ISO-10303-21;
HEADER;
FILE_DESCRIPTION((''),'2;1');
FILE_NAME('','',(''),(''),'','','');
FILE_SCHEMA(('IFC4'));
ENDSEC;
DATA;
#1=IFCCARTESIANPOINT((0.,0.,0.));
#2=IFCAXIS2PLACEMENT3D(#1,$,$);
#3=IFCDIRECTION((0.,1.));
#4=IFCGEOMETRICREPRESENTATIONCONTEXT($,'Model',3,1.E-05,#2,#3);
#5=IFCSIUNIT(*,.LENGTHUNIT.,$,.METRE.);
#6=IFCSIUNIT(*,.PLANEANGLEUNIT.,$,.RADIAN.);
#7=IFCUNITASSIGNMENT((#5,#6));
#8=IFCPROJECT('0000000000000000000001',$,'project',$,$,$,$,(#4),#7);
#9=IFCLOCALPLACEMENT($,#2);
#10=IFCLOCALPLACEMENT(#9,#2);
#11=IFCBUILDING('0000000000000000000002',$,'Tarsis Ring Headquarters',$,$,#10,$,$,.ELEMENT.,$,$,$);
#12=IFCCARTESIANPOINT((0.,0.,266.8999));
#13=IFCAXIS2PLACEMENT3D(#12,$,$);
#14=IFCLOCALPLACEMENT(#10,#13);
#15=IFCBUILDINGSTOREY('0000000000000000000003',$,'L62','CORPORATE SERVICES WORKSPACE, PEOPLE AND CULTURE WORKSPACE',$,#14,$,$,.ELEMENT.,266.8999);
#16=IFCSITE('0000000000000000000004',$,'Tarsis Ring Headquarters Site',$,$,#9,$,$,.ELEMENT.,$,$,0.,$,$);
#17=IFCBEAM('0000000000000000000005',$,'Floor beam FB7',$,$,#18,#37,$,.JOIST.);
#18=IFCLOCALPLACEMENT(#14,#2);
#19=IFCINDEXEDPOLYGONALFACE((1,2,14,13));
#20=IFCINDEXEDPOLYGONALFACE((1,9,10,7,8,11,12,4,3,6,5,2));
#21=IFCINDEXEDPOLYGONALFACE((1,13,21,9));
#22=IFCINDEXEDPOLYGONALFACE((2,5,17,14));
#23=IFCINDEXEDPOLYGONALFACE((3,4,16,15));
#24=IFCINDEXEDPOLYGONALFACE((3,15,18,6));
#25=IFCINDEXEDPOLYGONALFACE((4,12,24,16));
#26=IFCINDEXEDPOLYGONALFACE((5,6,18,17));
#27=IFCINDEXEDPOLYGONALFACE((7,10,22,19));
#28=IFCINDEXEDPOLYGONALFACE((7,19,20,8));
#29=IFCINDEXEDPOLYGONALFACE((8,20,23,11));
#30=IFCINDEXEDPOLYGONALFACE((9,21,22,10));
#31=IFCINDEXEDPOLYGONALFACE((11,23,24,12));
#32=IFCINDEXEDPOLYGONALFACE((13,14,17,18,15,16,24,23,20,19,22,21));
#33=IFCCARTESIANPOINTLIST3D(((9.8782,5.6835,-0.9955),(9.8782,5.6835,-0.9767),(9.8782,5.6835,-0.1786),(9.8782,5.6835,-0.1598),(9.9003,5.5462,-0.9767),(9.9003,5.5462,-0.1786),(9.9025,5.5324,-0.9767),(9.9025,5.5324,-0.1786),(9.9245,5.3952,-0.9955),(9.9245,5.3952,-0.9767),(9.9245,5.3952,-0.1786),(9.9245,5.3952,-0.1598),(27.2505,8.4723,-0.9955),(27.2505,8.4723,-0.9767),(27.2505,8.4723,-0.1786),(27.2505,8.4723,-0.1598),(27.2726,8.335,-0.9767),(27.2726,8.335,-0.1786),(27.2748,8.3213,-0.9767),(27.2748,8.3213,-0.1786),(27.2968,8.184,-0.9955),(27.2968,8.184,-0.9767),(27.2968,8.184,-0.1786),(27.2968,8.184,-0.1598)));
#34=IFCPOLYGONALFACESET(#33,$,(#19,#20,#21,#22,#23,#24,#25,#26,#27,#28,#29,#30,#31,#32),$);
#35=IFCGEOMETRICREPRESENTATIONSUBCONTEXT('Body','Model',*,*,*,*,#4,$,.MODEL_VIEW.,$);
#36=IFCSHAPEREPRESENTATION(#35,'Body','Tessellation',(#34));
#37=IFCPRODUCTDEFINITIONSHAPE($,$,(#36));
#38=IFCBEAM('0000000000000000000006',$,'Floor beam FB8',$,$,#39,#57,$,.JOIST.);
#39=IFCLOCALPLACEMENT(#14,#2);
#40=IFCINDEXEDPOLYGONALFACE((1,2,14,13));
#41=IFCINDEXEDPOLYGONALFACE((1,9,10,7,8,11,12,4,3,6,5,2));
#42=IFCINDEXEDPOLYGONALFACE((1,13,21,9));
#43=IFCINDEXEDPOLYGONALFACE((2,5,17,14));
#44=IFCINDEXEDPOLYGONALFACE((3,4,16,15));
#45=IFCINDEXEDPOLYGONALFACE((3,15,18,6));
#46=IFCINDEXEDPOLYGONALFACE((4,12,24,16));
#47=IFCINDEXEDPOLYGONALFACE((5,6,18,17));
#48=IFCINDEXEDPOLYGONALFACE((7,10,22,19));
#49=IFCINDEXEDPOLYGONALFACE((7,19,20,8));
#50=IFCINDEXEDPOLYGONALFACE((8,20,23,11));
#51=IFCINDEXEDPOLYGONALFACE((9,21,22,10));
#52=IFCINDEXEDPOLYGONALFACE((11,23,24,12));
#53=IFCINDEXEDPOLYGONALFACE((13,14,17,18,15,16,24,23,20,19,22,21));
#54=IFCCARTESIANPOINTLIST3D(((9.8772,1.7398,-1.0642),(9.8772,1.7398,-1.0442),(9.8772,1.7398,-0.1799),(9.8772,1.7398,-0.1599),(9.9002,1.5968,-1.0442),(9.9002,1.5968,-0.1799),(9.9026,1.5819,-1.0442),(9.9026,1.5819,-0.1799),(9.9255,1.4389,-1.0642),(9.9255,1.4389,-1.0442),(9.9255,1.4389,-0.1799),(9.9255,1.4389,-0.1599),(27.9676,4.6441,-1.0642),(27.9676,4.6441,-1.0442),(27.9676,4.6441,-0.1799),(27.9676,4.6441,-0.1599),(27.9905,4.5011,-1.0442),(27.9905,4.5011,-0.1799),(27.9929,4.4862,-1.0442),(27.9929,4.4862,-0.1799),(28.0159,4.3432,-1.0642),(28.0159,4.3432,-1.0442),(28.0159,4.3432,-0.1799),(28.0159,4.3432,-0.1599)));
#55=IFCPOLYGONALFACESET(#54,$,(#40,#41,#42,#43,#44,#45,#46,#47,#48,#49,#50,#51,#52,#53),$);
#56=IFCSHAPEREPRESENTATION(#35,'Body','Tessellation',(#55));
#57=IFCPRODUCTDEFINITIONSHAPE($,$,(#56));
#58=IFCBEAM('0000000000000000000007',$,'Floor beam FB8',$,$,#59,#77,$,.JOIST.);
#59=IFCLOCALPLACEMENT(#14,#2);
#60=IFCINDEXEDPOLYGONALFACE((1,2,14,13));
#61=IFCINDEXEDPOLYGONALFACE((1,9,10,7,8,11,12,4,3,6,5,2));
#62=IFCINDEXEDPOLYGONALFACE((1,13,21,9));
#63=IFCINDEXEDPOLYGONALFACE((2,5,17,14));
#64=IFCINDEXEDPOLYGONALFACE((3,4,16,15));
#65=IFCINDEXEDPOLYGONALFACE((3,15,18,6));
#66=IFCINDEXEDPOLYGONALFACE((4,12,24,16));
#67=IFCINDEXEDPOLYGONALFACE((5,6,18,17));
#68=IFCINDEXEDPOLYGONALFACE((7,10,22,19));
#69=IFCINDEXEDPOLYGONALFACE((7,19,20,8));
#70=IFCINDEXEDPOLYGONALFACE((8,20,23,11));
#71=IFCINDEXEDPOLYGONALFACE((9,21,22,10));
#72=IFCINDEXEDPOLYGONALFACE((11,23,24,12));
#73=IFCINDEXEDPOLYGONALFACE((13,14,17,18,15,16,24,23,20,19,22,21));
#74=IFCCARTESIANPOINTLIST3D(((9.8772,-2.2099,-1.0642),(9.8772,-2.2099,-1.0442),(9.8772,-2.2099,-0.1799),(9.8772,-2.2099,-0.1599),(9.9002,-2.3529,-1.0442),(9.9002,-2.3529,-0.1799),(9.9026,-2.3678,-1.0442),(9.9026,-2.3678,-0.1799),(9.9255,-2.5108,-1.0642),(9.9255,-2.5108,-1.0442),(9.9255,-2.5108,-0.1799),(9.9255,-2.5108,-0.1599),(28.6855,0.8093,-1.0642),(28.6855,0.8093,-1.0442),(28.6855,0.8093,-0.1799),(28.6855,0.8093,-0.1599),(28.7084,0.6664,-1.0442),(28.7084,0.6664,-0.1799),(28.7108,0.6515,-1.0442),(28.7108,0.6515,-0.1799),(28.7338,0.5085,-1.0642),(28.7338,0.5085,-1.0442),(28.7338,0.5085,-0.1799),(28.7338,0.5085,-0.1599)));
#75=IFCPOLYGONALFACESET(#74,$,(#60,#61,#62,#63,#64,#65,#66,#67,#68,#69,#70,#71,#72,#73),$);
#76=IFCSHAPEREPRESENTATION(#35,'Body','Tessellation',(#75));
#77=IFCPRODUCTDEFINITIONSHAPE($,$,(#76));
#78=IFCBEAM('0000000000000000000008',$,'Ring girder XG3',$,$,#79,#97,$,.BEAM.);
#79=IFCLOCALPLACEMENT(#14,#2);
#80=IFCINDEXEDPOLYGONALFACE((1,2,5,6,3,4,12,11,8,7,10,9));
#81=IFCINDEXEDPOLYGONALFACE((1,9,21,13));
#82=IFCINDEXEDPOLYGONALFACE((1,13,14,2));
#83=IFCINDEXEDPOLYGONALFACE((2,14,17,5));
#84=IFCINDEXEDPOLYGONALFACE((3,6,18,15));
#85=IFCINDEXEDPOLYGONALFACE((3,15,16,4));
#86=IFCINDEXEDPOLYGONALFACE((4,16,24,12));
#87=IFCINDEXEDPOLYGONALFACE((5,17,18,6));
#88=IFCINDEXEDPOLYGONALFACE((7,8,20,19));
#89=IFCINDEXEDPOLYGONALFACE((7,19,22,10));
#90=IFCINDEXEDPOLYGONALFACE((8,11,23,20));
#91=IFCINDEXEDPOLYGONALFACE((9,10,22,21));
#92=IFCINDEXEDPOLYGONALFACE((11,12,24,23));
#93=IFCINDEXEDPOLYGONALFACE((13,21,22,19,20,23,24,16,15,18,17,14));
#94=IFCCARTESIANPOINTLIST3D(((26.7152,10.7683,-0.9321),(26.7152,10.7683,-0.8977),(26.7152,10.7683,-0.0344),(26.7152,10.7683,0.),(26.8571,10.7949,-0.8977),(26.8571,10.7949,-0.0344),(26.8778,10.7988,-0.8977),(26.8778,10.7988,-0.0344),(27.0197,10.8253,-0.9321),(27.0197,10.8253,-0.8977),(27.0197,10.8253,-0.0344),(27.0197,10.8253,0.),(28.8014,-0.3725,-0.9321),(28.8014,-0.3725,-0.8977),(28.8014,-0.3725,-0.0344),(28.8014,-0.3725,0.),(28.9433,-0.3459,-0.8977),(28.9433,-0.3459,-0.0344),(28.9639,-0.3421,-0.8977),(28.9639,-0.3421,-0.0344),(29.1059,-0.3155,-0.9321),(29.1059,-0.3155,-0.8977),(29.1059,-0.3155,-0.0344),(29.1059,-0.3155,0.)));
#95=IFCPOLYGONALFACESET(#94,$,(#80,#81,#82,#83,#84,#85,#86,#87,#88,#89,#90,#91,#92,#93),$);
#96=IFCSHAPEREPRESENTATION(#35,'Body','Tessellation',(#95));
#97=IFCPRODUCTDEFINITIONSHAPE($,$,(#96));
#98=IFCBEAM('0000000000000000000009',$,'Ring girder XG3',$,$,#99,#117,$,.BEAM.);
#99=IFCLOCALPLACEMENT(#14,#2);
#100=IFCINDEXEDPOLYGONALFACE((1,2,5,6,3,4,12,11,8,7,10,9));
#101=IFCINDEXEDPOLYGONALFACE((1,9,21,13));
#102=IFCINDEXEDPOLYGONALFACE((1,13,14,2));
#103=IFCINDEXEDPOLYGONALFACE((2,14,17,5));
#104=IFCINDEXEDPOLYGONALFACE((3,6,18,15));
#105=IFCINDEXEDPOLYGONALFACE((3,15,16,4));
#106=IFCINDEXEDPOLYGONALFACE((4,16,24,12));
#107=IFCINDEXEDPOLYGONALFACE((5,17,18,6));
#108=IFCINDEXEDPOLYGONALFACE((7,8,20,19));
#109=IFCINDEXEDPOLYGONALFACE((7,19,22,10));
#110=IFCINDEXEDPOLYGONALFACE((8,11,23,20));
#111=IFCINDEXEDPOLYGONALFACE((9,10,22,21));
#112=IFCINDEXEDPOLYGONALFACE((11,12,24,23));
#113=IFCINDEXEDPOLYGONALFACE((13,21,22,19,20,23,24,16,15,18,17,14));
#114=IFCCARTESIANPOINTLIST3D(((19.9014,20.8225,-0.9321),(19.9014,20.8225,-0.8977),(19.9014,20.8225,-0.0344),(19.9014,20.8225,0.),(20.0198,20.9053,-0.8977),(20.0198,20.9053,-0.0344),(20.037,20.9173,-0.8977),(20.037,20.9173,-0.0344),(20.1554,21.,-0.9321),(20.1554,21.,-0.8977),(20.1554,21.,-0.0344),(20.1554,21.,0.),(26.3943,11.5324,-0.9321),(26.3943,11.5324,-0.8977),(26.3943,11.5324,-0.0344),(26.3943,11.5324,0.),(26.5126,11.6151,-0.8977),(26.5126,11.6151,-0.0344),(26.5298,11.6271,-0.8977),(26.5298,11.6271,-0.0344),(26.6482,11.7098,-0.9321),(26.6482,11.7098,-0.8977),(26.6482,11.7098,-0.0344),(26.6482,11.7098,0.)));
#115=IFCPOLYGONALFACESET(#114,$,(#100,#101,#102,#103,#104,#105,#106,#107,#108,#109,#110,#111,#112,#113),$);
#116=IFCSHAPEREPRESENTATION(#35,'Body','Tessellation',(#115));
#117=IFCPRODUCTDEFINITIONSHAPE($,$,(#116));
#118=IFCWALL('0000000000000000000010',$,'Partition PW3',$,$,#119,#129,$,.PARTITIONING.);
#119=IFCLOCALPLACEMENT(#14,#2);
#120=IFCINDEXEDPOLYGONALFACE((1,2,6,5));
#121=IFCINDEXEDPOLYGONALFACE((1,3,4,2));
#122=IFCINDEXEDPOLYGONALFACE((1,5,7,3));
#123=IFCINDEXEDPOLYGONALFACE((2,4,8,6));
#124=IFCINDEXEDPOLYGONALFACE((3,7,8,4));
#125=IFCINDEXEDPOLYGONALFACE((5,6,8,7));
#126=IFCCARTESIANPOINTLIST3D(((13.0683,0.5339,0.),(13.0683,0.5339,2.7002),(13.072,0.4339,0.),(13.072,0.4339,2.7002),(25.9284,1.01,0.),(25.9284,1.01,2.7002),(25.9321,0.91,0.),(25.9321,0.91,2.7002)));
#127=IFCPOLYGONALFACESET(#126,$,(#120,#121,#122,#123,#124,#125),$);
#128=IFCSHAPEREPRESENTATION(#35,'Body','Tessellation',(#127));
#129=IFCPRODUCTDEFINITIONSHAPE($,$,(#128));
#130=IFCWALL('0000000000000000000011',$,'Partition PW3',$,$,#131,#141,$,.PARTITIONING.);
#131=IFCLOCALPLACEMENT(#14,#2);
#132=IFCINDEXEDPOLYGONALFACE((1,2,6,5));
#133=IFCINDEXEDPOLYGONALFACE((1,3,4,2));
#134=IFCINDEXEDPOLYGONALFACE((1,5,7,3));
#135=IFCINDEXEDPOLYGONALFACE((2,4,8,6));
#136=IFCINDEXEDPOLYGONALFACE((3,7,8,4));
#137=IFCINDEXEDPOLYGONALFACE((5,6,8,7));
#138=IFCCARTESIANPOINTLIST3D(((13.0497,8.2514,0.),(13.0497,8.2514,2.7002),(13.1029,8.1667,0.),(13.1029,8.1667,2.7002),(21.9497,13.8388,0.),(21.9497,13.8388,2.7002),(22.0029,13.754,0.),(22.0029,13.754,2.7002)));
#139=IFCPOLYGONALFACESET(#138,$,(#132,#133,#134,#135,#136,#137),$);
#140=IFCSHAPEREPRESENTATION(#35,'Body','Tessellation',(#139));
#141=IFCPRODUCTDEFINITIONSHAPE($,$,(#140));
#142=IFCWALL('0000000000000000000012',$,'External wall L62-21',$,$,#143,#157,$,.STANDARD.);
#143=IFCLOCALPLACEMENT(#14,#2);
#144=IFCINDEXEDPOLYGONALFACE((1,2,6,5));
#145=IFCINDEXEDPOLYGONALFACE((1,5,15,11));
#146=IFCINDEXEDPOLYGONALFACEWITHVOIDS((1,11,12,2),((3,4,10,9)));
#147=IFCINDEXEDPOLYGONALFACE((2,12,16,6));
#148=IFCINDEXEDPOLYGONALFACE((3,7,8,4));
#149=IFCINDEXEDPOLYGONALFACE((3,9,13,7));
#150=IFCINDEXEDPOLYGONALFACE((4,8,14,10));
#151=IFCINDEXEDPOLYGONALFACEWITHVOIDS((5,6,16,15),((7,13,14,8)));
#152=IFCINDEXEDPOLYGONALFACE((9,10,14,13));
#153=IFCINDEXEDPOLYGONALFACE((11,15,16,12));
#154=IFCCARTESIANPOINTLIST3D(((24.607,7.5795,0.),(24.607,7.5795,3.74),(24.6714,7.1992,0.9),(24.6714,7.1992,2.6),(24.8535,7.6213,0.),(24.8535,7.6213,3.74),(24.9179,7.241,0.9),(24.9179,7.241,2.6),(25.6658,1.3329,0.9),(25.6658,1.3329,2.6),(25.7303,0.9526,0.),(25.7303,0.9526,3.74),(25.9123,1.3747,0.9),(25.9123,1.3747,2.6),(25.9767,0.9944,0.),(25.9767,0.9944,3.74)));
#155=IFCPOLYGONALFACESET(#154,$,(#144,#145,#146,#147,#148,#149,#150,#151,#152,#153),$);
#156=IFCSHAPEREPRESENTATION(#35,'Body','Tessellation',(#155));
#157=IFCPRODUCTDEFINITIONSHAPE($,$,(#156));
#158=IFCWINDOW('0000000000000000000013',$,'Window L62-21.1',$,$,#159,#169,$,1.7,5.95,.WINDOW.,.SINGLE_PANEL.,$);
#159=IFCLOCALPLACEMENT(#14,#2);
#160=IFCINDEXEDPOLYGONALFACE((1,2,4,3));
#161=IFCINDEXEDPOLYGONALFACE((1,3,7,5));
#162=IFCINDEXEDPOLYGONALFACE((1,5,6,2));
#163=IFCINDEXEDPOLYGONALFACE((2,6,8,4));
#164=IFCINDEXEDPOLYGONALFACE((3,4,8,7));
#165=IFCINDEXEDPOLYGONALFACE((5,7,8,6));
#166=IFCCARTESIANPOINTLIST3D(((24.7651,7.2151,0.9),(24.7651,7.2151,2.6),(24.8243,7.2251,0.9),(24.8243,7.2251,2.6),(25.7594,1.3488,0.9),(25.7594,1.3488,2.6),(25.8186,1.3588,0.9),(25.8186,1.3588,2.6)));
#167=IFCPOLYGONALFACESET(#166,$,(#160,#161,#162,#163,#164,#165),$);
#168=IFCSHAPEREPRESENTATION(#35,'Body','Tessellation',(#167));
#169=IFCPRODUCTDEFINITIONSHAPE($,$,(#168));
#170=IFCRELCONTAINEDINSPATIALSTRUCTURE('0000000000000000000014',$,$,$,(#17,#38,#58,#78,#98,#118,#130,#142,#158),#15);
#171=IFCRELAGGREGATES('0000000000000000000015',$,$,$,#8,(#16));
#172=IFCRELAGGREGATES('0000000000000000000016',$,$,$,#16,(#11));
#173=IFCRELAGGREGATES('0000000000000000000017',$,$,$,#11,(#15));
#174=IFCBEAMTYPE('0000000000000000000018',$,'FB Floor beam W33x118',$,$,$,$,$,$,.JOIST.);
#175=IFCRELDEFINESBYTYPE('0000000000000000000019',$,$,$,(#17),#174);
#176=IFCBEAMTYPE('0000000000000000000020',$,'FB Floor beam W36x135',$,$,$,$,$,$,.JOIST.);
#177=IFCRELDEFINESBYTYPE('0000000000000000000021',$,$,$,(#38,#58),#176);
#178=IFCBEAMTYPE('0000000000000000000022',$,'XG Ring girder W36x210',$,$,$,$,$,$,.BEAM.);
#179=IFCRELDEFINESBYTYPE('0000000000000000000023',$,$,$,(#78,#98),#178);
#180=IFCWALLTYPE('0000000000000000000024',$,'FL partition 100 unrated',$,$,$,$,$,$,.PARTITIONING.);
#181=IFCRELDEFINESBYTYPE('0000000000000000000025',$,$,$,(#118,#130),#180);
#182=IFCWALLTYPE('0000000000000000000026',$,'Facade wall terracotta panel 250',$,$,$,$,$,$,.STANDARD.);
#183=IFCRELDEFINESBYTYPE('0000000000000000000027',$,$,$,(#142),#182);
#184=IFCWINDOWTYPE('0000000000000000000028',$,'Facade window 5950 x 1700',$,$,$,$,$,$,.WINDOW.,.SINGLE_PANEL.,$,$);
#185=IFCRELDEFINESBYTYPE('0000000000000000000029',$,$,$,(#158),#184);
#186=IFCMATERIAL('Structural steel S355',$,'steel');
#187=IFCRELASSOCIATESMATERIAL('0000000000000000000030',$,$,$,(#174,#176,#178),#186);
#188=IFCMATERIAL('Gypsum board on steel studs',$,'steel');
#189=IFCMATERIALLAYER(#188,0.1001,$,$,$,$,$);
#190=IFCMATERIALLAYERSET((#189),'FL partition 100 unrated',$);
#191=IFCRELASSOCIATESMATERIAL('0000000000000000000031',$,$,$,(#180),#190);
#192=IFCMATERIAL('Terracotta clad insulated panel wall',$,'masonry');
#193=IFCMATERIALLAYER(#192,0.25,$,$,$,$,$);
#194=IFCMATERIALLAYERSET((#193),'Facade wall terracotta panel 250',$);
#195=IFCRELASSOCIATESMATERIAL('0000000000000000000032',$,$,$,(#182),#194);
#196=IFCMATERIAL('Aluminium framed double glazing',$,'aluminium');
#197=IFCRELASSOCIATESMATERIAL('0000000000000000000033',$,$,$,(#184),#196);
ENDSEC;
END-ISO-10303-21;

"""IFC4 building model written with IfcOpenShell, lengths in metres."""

from ifc_helpers import new_model, si_unit, direction, frame, frame_2d, origin, origin_2d, place, context, subcontext, project, spatial, rectangle, i_section, extrude, material, layer, layer_set, material_profile, profile_set, type_object, element, fill, save


model = new_model("IFC4")

# Units and contexts
model_context = context("Model", 3, precision=1e-05, world=origin(), true_north=direction((0.0, 1.0)))
body_context = subcontext(model_context, "Body", "Model", "MODEL_VIEW")
ifc_project = project(units=[si_unit("LENGTHUNIT", "METRE"), si_unit("PLANEANGLEUNIT", "RADIAN")], contexts=[model_context])

# Site, building, storey
site_placement = place(None, origin())
site = spatial("IfcSite", under=ifc_project, at=site_placement, Name="Tarsis Ring Headquarters Site", CompositionType="ELEMENT", RefElevation=0.0)
building_placement = place(site_placement, origin())
building = spatial("IfcBuilding", under=site, at=building_placement, Name="Tarsis Ring Headquarters", CompositionType="ELEMENT")
storey_placement = place(building_placement, frame((0.0, 0.0, 266.8999)))
storey = spatial("IfcBuildingStorey", under=building, at=storey_placement, Name="L62", Description="CORPORATE SERVICES WORKSPACE, PEOPLE AND CULTURE WORKSPACE", CompositionType="ELEMENT", Elevation=266.8999)

# Shared definitions
ifc_material_1 = material(Name="Structural steel S355", Category="steel")

# Beams
ifc_material_profile_1 = material_profile(ifc_material_1, i_section(OverallWidth=0.292, OverallDepth=0.8357, WebThickness=0.0139, FlangeThickness=0.0188, at=origin_2d()), Name="W33x118")
ifc_profile_set_1 = profile_set([ifc_material_profile_1], Name="Structural steel S355")
beam_type_1 = type_object("IfcBeamType", Name="FB Floor beam W33x118", PredefinedType="JOIST", material=ifc_profile_set_1)
beam_1_placement = place(storey_placement, frame((9.9014, 5.5393, -0.5776), z_axis=(0.987358, 0.158503, 0.0), x_axis=(-0.158503, 0.987358, 0.0)))
element("IfcBeam", 1, at=beam_1_placement, inside=storey, type_object=beam_type_1, Name="Floor beam FB7", PredefinedType="JOIST", context=body_context, shape_type="SweptSolid", body=[
    extrude(i_section(OverallWidth=0.292, OverallDepth=0.8357, WebThickness=0.0139, FlangeThickness=0.0188, at=origin_2d()), origin(), (0.0, 0.0, 1.0), 17.5947),
])
ifc_material_profile_2 = material_profile(ifc_material_1, i_section(OverallWidth=0.3047, OverallDepth=0.9043, WebThickness=0.0151, FlangeThickness=0.02, at=origin_2d()), Name="W36x135")
ifc_profile_set_2 = profile_set([ifc_material_profile_2], Name="Structural steel S355")
beam_type_2 = type_object("IfcBeamType", Name="FB Floor beam W36x135", PredefinedType="JOIST", material=ifc_profile_set_2)
beam_2_placement = place(storey_placement, frame((9.9014, 1.5894, -0.6121), z_axis=(0.987357, 0.158514, 0.0), x_axis=(-0.158514, 0.987357, 0.0)))
element("IfcBeam", 2, at=beam_2_placement, inside=storey, type_object=beam_type_2, Name="Floor beam FB8", PredefinedType="JOIST", context=body_context, shape_type="SweptSolid", body=[
    extrude(i_section(OverallWidth=0.3047, OverallDepth=0.9043, WebThickness=0.0151, FlangeThickness=0.02, at=origin_2d()), origin(), (0.0, 0.0, 1.0), 18.322),
])
beam_3_placement = place(storey_placement, frame((9.9014, -2.3604, -0.6121), z_axis=(0.987359, 0.1585, 0.0), x_axis=(-0.1585, 0.987359, 0.0)))
element("IfcBeam", 3, at=beam_3_placement, inside=storey, type_object=beam_type_2, Name="Floor beam FB8", PredefinedType="JOIST", context=body_context, shape_type="SweptSolid", body=[
    extrude(i_section(OverallWidth=0.3047, OverallDepth=0.9043, WebThickness=0.0151, FlangeThickness=0.02, at=origin_2d()), origin(), (0.0, 0.0, 1.0), 19.0491),
])
ifc_material_profile_3 = material_profile(ifc_material_1, i_section(OverallWidth=0.3098, OverallDepth=0.9321, WebThickness=0.021, FlangeThickness=0.0344, at=origin_2d()), Name="W36x210")
ifc_profile_set_3 = profile_set([ifc_material_profile_3], Name="Structural steel S355")
beam_type_3 = type_object("IfcBeamType", Name="XG Ring girder W36x210", PredefinedType="BEAM", material=ifc_profile_set_3)
beam_4_placement = place(storey_placement, frame((28.9536, -0.344, -0.4661), z_axis=(-0.184056, 0.982916, 0.0), x_axis=(-0.982916, -0.184056, 0.0)))
element("IfcBeam", 4, at=beam_4_placement, inside=storey, type_object=beam_type_3, Name="Ring girder XG3", PredefinedType="BEAM", context=body_context, shape_type="SweptSolid", body=[
    extrude(i_section(OverallWidth=0.3098, OverallDepth=0.9321, WebThickness=0.021, FlangeThickness=0.0344, at=origin_2d()), origin(), (0.0, 0.0, 1.0), 11.3345),
])
beam_5_placement = place(storey_placement, frame((26.5212, 11.6211, -0.4661), z_axis=(-0.572854, 0.819658, 0.0), x_axis=(-0.819658, -0.572854, 0.0)))
element("IfcBeam", 5, at=beam_5_placement, inside=storey, type_object=beam_type_3, Name="Ring girder XG3", PredefinedType="BEAM", context=body_context, shape_type="SweptSolid", body=[
    extrude(i_section(OverallWidth=0.3098, OverallDepth=0.9321, WebThickness=0.021, FlangeThickness=0.0344, at=origin_2d()), origin(), (0.0, 0.0, 1.0), 11.3342),
])

# Walls
ifc_material_2 = material(Name="Gypsum board on steel studs", Category="steel")
ifc_layer_1 = layer(ifc_material_2, 0.1001)
ifc_layer_set_1 = layer_set([ifc_layer_1], Name="FL partition 100 unrated")
wall_type_1 = type_object("IfcWallType", Name="FL partition 100 unrated", PredefinedType="PARTITIONING", material=ifc_layer_set_1)
wall_1_placement = place(storey_placement, frame((13.0701, 0.4839, 0.0), z_axis=(0.0, 0.0, 1.0), x_axis=(0.999315, 0.036994, 0.0)))
element("IfcWall", 6, at=wall_1_placement, inside=storey, type_object=wall_type_1, Name="Partition PW3", PredefinedType="PARTITIONING", context=body_context, shape_type="SweptSolid", body=[
    extrude(rectangle(XDim=12.8689, YDim=0.1001, at=frame_2d((6.4346, 0.0))), origin(), (0.0, 0.0, 1.0), 2.7002),
])
wall_2_placement = place(storey_placement, frame((13.0762, 8.209, 0.0), z_axis=(0.0, 0.0, 1.0), x_axis=(0.846935, 0.531696, 0.0)))
element("IfcWall", 7, at=wall_2_placement, inside=storey, type_object=wall_type_1, Name="Partition PW3", PredefinedType="PARTITIONING", context=body_context, shape_type="SweptSolid", body=[
    extrude(rectangle(XDim=10.5085, YDim=0.1001, at=frame_2d((5.2544, 0.0))), origin(), (0.0, 0.0, 1.0), 2.7002),
])

# Wall, opening, window
ifc_material_3 = material(Name="Terracotta clad insulated panel wall", Category="masonry")
ifc_layer_2 = layer(ifc_material_3, 0.25)
ifc_layer_set_2 = layer_set([ifc_layer_2], Name="Facade wall terracotta panel 250")
wall_type_2 = type_object("IfcWallType", Name="Facade wall terracotta panel 250", PredefinedType="STANDARD", material=ifc_layer_set_2)
wall_3_placement = place(storey_placement, frame((25.8535, 0.9734, 0.0), z_axis=(0.0, 0.0, 1.0), x_axis=(-0.16712, 0.985937, 0.0)))
wall_3 = element("IfcWall", 8, at=wall_3_placement, inside=storey, type_object=wall_type_2, Name="External wall L62-21", PredefinedType="STANDARD", context=body_context, shape_type="SweptSolid", body=[
    extrude(rectangle(XDim=6.7214, YDim=0.25, at=frame_2d((3.3608, 0.0))), origin(), (0.0, 0.0, 1.0), 3.74),
])
opening_1_placement = place(wall_3_placement, frame((0.3857, 0.0, 0.8999)))
opening_1 = element("IfcOpeningElement", 9, at=opening_1_placement, cuts=wall_3, PredefinedType="OPENING", context=body_context, shape_type="SweptSolid", body=[
    extrude(rectangle(XDim=5.95, YDim=1.7, at=frame_2d((2.9751, 0.8501))), frame((0.0, 0.135, 0.0), z_axis=(0.0, -1.0, 0.0), x_axis=(1.0, 0.0, 0.0)), (0.0, 0.0, 1.0), 0.27),
])
ifc_material_4 = material(Name="Aluminium framed double glazing", Category="aluminium")
window_type = type_object("IfcWindowType", Name="Facade window 5950 x 1700", PartitioningType="SINGLE_PANEL", PredefinedType="WINDOW", material=ifc_material_4)
window_1_placement = place(opening_1_placement, origin())
window_1 = element("IfcWindow", 10, at=window_1_placement, inside=storey, type_object=window_type, Name="Window L62-21.1", OverallHeight=1.7, OverallWidth=5.95, PartitioningType="SINGLE_PANEL", PredefinedType="WINDOW", context=body_context, shape_type="SweptSolid", body=[
    extrude(rectangle(XDim=5.95, YDim=1.7, at=frame_2d((2.9751, 0.8501))), frame((0.0, 0.03, 0.0), z_axis=(0.0, -1.0, 0.0), x_axis=(1.0, 0.0, 0.0)), (0.0, 0.0, 1.0), 0.0601),
])
fill(opening_1, window_1)

save(model, "model.ifc")
